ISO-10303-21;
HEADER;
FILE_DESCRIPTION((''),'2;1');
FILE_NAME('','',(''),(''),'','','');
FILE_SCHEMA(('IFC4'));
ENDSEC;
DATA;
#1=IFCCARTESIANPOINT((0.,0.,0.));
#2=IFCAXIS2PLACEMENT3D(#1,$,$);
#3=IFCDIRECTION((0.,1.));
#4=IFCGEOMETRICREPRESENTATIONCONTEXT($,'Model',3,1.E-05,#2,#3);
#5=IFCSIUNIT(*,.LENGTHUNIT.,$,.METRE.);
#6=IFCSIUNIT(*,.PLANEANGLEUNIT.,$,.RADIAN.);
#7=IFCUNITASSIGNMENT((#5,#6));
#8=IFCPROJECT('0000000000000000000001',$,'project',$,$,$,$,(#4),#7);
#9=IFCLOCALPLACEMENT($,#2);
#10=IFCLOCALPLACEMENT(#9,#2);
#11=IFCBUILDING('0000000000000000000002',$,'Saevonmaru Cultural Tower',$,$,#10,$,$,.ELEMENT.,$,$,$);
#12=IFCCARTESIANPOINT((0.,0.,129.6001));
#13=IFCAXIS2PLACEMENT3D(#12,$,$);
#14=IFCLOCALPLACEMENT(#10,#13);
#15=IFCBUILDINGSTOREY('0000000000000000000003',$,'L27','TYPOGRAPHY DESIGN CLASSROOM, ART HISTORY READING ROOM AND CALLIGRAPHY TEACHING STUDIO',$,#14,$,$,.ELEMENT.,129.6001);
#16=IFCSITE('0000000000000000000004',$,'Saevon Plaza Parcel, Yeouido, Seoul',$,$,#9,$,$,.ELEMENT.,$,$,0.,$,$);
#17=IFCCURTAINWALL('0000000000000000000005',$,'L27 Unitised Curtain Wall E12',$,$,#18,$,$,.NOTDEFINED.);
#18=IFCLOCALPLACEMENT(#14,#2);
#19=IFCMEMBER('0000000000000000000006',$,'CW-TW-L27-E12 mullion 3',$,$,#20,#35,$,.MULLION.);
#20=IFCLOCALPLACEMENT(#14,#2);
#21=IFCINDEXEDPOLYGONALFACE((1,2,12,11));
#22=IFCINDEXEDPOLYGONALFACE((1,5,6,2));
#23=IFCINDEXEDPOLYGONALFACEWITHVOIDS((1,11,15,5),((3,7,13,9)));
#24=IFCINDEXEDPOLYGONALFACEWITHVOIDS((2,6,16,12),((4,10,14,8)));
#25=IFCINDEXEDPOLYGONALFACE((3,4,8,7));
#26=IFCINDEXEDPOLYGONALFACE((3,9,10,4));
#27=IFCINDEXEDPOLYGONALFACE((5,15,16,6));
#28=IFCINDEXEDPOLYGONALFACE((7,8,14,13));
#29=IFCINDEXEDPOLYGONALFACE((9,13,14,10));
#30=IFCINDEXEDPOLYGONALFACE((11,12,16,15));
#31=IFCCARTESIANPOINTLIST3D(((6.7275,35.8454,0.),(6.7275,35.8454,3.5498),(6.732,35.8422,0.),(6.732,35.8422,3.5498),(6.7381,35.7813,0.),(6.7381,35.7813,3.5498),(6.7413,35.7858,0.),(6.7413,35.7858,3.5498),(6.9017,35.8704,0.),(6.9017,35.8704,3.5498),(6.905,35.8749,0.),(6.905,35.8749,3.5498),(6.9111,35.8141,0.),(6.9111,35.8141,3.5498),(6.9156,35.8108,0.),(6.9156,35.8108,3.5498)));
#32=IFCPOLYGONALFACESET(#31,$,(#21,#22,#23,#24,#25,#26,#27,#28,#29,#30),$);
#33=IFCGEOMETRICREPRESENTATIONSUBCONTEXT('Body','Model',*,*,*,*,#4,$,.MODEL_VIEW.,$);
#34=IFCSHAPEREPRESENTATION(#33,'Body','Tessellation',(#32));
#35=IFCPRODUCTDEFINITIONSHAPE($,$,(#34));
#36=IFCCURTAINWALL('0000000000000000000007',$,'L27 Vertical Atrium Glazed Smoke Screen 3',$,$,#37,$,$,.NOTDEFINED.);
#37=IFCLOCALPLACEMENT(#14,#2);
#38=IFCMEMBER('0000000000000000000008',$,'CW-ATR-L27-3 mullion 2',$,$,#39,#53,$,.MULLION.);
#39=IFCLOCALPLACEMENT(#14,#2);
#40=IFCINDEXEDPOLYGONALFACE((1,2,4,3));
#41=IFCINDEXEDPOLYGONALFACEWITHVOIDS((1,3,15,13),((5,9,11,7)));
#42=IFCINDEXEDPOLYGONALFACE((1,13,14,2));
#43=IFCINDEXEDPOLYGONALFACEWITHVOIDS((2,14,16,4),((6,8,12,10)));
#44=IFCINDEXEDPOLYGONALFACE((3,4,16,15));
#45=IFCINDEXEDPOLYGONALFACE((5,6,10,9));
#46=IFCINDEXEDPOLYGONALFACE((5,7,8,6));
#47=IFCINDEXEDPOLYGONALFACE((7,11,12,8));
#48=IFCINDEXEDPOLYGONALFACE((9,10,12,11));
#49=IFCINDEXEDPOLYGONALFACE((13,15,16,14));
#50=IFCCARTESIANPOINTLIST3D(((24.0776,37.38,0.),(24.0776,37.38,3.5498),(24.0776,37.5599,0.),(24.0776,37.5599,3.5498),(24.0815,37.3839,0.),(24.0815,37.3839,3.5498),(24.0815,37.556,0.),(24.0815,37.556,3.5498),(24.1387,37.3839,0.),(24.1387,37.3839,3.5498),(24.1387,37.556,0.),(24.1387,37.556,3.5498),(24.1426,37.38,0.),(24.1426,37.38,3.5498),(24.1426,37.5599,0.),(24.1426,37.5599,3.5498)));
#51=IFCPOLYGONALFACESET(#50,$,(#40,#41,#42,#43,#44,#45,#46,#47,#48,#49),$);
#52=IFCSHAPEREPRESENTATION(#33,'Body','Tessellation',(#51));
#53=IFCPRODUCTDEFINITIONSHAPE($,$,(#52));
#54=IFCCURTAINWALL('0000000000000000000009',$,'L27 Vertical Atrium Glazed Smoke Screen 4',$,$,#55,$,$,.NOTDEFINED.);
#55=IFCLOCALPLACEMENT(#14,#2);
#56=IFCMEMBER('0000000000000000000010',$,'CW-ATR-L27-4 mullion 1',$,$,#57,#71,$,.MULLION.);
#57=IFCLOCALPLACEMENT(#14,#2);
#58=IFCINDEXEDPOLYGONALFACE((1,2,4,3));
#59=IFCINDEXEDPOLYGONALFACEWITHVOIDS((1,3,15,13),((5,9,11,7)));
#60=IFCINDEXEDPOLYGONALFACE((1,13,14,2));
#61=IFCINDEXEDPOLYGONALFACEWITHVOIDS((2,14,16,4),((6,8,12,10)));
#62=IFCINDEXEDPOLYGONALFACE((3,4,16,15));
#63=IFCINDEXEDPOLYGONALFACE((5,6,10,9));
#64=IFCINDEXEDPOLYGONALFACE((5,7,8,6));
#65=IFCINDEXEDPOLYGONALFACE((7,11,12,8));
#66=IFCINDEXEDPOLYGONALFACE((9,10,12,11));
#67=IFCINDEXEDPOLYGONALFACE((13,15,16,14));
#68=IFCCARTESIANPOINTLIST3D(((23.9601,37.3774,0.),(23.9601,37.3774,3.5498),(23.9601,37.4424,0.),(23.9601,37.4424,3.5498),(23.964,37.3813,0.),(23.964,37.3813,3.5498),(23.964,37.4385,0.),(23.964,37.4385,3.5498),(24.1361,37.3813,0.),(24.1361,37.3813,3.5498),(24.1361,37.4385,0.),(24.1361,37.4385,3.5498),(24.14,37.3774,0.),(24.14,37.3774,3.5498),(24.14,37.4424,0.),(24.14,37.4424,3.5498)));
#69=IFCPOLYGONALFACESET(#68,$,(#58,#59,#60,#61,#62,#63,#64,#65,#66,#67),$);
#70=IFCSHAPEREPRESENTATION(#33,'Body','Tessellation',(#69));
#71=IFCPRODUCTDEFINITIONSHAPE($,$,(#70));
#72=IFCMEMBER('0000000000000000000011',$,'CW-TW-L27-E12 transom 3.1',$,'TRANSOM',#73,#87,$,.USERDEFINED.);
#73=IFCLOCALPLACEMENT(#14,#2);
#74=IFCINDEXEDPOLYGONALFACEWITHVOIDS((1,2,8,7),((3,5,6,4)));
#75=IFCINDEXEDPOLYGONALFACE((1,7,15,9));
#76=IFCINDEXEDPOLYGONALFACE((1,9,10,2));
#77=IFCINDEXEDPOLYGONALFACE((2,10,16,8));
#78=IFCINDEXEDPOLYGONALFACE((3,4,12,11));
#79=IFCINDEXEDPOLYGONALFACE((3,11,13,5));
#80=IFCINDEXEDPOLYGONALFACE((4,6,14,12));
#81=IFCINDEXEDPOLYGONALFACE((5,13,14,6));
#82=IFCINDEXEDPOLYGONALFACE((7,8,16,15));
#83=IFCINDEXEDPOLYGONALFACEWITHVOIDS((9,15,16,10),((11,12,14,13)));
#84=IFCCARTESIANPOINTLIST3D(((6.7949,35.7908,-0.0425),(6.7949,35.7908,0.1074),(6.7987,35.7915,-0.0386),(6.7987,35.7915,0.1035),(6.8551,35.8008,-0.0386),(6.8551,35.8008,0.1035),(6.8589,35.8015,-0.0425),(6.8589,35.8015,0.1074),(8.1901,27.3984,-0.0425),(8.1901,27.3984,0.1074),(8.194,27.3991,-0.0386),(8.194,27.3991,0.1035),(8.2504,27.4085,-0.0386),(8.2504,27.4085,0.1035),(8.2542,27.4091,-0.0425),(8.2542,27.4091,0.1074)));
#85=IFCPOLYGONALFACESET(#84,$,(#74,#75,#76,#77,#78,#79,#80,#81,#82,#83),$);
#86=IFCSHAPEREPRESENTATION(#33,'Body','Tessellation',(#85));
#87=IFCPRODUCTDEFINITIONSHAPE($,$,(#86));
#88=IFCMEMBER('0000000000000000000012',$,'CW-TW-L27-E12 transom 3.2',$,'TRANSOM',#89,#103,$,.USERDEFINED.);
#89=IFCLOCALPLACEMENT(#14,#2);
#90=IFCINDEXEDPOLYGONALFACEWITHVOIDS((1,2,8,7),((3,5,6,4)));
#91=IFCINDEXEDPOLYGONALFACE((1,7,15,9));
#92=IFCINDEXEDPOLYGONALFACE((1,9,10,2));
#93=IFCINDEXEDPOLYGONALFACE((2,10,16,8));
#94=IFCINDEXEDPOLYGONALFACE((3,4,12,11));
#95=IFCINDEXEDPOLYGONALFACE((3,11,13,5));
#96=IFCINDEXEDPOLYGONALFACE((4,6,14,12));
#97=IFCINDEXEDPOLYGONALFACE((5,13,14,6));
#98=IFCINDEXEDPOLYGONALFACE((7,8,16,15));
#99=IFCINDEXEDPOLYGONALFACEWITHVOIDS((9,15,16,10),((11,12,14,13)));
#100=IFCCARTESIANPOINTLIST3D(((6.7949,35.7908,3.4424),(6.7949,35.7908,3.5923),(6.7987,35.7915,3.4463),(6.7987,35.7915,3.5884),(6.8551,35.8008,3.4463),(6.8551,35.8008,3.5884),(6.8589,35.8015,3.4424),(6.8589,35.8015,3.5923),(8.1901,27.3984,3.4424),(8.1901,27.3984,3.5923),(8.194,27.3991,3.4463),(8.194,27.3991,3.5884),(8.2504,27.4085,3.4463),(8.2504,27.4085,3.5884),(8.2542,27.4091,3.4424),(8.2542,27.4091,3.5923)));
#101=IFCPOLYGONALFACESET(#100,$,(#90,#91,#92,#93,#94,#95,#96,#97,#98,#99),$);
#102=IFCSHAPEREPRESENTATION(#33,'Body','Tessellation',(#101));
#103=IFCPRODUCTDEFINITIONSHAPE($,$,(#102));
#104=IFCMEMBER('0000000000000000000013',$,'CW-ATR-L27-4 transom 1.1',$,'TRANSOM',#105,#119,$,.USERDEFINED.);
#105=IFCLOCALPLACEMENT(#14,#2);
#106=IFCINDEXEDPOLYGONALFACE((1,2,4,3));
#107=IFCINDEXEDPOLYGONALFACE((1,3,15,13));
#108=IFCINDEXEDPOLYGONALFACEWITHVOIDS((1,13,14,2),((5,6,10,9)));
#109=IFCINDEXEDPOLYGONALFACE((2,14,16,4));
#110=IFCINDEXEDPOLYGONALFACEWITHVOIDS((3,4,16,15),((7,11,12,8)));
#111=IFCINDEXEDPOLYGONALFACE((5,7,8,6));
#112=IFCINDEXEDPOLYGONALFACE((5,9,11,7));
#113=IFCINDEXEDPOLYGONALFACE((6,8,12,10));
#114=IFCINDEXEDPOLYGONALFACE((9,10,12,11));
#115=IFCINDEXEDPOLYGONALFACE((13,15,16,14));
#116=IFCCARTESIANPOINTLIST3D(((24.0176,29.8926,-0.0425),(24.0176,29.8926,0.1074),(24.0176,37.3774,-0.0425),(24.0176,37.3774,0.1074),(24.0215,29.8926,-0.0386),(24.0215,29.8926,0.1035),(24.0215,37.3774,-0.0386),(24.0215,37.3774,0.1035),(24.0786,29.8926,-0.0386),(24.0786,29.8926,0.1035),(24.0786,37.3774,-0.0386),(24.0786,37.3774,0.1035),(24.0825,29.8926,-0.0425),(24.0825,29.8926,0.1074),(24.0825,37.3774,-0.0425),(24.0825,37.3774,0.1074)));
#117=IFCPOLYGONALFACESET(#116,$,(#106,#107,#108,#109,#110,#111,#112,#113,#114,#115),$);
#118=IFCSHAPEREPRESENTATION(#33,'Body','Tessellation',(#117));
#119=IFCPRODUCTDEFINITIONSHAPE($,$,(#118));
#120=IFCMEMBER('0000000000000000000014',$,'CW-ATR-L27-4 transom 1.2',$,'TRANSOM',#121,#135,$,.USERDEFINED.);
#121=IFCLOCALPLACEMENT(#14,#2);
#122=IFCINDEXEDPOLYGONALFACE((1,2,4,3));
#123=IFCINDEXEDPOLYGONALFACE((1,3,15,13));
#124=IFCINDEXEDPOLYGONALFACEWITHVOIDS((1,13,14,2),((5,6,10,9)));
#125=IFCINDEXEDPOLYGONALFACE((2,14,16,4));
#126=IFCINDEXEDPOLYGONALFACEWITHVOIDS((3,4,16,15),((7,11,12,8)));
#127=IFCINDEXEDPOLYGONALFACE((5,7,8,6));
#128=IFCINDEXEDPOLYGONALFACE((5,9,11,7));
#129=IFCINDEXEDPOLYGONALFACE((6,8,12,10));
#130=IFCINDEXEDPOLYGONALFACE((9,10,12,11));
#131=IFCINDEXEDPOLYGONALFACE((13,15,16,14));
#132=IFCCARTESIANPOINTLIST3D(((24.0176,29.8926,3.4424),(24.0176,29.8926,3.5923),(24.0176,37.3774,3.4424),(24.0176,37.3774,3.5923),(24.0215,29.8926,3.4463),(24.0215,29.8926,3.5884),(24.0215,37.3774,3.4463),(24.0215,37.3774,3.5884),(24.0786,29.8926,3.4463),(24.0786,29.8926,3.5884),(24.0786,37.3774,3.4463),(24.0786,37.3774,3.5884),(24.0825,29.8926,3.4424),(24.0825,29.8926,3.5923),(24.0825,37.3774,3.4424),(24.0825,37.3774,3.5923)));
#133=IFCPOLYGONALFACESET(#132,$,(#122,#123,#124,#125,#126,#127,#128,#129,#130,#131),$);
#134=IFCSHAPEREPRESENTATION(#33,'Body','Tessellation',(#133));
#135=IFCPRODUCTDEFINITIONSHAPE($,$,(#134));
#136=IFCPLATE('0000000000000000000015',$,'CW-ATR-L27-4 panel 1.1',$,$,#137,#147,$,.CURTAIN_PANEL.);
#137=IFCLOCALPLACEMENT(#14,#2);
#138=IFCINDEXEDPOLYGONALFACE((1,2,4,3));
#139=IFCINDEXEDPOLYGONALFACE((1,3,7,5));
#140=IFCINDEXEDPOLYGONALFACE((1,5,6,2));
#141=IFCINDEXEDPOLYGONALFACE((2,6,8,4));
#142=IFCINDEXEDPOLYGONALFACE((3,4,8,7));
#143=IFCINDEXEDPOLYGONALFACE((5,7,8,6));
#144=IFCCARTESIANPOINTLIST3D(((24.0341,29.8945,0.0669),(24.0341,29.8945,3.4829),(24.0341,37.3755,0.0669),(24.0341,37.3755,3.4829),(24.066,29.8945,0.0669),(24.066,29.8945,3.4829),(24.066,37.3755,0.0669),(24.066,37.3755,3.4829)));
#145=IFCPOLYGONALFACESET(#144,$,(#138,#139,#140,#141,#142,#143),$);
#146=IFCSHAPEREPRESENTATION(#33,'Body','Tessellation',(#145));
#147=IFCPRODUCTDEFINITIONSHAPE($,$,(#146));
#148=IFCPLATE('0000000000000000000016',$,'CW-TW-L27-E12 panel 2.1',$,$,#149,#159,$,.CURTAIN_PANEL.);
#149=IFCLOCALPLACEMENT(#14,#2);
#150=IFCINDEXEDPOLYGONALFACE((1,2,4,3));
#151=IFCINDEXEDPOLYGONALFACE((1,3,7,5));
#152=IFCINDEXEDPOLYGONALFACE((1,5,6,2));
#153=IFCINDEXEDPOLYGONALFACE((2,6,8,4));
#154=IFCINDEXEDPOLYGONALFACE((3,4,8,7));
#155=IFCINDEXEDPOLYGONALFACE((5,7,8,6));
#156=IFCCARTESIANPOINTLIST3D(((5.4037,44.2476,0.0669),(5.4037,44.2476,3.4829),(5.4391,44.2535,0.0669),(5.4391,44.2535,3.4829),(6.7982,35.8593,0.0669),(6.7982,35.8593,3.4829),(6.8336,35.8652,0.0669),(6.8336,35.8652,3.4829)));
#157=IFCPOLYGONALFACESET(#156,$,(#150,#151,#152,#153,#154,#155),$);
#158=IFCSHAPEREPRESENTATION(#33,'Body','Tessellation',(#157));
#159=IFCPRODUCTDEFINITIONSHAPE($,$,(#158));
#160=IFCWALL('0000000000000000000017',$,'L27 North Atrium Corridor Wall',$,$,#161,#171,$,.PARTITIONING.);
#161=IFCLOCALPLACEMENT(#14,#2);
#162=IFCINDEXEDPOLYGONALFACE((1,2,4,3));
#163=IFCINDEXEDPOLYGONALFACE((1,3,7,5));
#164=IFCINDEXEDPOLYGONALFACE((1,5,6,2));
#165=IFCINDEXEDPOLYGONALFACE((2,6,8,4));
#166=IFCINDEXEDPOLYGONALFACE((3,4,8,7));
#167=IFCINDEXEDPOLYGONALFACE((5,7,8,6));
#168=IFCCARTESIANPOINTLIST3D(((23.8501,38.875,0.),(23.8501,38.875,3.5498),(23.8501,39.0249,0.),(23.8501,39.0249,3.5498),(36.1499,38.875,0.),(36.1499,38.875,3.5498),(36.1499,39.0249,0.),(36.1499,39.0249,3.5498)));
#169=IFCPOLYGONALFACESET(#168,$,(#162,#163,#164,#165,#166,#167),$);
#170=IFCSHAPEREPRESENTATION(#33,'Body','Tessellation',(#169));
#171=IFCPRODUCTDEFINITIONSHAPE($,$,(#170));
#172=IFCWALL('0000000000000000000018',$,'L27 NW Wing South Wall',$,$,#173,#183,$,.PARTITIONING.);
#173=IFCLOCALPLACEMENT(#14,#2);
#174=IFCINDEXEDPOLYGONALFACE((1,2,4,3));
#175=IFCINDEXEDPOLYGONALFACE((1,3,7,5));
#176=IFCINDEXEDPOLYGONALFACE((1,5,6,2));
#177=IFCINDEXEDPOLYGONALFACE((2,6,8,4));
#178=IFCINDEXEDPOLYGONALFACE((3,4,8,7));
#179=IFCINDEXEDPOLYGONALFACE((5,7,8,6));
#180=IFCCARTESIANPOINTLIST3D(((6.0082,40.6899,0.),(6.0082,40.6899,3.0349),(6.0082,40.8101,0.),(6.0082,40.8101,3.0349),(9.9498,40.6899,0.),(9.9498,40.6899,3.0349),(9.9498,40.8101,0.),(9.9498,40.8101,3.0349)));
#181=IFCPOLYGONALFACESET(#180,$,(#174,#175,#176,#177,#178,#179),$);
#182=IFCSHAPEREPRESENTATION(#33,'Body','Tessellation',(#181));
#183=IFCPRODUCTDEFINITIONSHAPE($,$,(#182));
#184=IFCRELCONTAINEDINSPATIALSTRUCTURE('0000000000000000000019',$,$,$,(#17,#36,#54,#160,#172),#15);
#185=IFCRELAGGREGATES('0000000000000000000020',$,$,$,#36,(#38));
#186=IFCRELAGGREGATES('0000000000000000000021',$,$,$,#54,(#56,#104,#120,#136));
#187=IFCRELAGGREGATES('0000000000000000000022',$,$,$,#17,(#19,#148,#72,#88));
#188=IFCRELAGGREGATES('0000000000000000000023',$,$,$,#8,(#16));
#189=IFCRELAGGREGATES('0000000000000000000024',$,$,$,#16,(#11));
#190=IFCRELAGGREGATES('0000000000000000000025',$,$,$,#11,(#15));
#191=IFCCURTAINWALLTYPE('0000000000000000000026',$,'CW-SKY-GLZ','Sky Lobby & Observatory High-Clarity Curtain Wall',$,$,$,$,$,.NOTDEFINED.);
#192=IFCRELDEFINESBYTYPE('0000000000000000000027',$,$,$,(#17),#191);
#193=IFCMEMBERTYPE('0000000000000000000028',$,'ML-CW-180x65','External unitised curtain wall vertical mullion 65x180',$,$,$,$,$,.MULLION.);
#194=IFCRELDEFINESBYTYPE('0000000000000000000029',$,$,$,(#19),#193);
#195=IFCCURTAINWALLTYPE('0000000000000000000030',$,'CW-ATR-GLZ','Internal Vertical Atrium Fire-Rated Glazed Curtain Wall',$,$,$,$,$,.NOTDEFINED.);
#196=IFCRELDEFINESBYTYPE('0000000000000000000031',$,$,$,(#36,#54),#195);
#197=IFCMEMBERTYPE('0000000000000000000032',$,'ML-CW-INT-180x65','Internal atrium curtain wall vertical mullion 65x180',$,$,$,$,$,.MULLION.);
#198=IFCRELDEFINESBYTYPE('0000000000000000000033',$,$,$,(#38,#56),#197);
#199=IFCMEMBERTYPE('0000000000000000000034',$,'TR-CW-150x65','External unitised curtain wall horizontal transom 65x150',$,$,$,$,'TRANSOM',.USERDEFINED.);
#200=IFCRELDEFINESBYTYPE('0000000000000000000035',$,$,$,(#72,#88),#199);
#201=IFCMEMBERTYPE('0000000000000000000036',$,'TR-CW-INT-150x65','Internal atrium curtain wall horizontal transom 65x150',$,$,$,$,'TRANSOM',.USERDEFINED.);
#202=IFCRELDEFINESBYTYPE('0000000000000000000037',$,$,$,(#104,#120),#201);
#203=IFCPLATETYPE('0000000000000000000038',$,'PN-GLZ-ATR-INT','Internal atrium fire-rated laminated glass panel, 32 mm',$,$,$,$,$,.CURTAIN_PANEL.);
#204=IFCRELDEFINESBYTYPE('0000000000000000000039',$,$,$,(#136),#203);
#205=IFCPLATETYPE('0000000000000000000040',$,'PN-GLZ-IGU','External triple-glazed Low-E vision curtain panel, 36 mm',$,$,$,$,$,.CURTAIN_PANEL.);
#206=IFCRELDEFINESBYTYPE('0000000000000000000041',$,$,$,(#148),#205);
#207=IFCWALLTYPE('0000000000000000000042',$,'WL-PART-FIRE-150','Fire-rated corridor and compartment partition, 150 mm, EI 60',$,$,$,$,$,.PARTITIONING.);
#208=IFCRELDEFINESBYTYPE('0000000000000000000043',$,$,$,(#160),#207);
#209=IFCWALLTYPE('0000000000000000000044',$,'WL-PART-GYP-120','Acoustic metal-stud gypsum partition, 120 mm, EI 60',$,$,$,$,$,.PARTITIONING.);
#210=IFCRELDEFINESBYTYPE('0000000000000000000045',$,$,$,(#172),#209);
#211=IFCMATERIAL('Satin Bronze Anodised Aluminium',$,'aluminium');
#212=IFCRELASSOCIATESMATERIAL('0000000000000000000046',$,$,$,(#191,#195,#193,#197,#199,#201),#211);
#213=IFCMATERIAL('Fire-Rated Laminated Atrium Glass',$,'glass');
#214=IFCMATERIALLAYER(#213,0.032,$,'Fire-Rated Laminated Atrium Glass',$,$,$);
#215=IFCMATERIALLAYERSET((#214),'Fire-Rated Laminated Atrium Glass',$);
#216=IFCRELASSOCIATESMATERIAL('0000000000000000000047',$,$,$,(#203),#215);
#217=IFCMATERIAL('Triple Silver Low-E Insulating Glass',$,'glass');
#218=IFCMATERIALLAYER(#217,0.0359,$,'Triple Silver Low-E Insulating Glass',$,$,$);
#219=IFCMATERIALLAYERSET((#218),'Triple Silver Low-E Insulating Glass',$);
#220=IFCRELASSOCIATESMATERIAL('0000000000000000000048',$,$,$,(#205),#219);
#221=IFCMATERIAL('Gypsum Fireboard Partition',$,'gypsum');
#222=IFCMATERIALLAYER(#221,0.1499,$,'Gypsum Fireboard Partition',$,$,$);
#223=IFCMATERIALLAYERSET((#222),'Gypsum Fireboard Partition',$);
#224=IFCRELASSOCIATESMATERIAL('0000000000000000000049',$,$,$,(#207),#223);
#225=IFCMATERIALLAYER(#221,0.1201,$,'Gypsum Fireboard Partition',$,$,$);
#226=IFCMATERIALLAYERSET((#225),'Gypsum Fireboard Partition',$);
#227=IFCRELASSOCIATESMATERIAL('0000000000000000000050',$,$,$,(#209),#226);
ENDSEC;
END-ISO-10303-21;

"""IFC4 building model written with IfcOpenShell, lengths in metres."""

from ifc_helpers import new_model, si_unit, direction, frame, frame_2d, origin, origin_2d, place, context, subcontext, project, spatial, rectangle, hollow_rectangle, extrude, material, layer, layer_set, material_profile, profile_set, type_object, element, aggregate, save


model = new_model("IFC4")

# Units and contexts
model_context = context("Model", 3, precision=1e-05, world=origin(), true_north=direction((0.0, 1.0)))
body_context = subcontext(model_context, "Body", "Model", "MODEL_VIEW")
ifc_project = project(units=[si_unit("LENGTHUNIT", "METRE"), si_unit("PLANEANGLEUNIT", "RADIAN")], contexts=[model_context])

# Site, building, storey
site_placement = place(None, origin())
site = spatial("IfcSite", under=ifc_project, at=site_placement, Name="Saevon Plaza Parcel, Yeouido, Seoul", CompositionType="ELEMENT", RefElevation=0.0)
building_placement = place(site_placement, origin())
building = spatial("IfcBuilding", under=site, at=building_placement, Name="Saevonmaru Cultural Tower", CompositionType="ELEMENT")
storey_placement = place(building_placement, frame((0.0, 0.0, 129.6001)))
storey = spatial("IfcBuildingStorey", under=building, at=storey_placement, Name="L27", Description="TYPOGRAPHY DESIGN CLASSROOM, ART HISTORY READING ROOM AND CALLIGRAPHY TEACHING STUDIO", CompositionType="ELEMENT", Elevation=129.6001)

# Curtain walls, members
ifc_material_1 = material(Name="Satin Bronze Anodised Aluminium", Category="aluminium")
curtain_wall_type_1 = type_object("IfcCurtainWallType", Name="CW-SKY-GLZ", Description="Sky Lobby & Observatory High-Clarity Curtain Wall", PredefinedType="NOTDEFINED", material=ifc_material_1)
curtain_wall_1_placement = place(storey_placement, origin())
curtain_wall_1 = element("IfcCurtainWall", 1, at=curtain_wall_1_placement, inside=storey, type_object=curtain_wall_type_1, Name="L27 Unitised Curtain Wall E12", PredefinedType="NOTDEFINED")
ifc_material_profile_1 = material_profile(ifc_material_1, hollow_rectangle(XDim=0.0649, YDim=0.1799, WallThickness=0.0039, at=origin_2d()), Name="ALU-MULL-180x65x4")
ifc_profile_set_1 = profile_set([ifc_material_profile_1], Name="Satin Bronze Anodised Aluminium")
member_type_1 = type_object("IfcMemberType", Name="ML-CW-180x65", Description="External unitised curtain wall vertical mullion 65x180", PredefinedType="MULLION", material=ifc_profile_set_1)
member_1_placement = place(storey_placement, frame((6.8215, 35.8281, 0.0), z_axis=(0.0, 0.0, 1.0), x_axis=(0.163999, -0.986461, 0.0)))
member_1 = element("IfcMember", 2, at=member_1_placement, type_object=member_type_1, Name="CW-TW-L27-E12 mullion 3", PredefinedType="MULLION", context=body_context, shape_type="SweptSolid", body=[
    extrude(hollow_rectangle(XDim=0.0649, YDim=0.1799, WallThickness=0.0039, at=origin_2d()), origin(), (0.0, 0.0, 1.0), 3.5498),
])
curtain_wall_type_2 = type_object("IfcCurtainWallType", Name="CW-ATR-GLZ", Description="Internal Vertical Atrium Fire-Rated Glazed Curtain Wall", PredefinedType="NOTDEFINED", material=ifc_material_1)
curtain_wall_2_placement = place(storey_placement, origin())
curtain_wall_2 = element("IfcCurtainWall", 3, at=curtain_wall_2_placement, inside=storey, type_object=curtain_wall_type_2, Name="L27 Vertical Atrium Glazed Smoke Screen 3", PredefinedType="NOTDEFINED")
ifc_material_profile_2 = material_profile(ifc_material_1, hollow_rectangle(XDim=0.0649, YDim=0.1799, WallThickness=0.0039, at=origin_2d()), Name="ALU-MULL-180x65x4")
ifc_profile_set_2 = profile_set([ifc_material_profile_2], Name="Satin Bronze Anodised Aluminium")
member_type_2 = type_object("IfcMemberType", Name="ML-CW-INT-180x65", Description="Internal atrium curtain wall vertical mullion 65x180", PredefinedType="MULLION", material=ifc_profile_set_2)
member_2_placement = place(storey_placement, frame((24.1101, 37.47, 0.0), z_axis=(0.0, 0.0, 1.0), x_axis=(-1.0, 0.0, 0.0)))
member_2 = element("IfcMember", 4, at=member_2_placement, type_object=member_type_2, Name="CW-ATR-L27-3 mullion 2", PredefinedType="MULLION", context=body_context, shape_type="SweptSolid", body=[
    extrude(hollow_rectangle(XDim=0.0649, YDim=0.1799, WallThickness=0.0039, at=origin_2d()), origin(), (0.0, 0.0, 1.0), 3.5498),
])
aggregate(curtain_wall_2, [member_2])
curtain_wall_3_placement = place(storey_placement, origin())
curtain_wall_3 = element("IfcCurtainWall", 5, at=curtain_wall_3_placement, inside=storey, type_object=curtain_wall_type_2, Name="L27 Vertical Atrium Glazed Smoke Screen 4", PredefinedType="NOTDEFINED")
member_3_placement = place(storey_placement, frame((24.05, 37.4099, 0.0), z_axis=(0.0, 0.0, 1.0), x_axis=(0.0, -1.0, 0.0)))
member_3 = element("IfcMember", 6, at=member_3_placement, type_object=member_type_2, Name="CW-ATR-L27-4 mullion 1", PredefinedType="MULLION", context=body_context, shape_type="SweptSolid", body=[
    extrude(hollow_rectangle(XDim=0.0649, YDim=0.1799, WallThickness=0.0039, at=origin_2d()), origin(), (0.0, 0.0, 1.0), 3.5498),
])

# Members
ifc_material_profile_3 = material_profile(ifc_material_1, hollow_rectangle(XDim=0.0649, YDim=0.1499, WallThickness=0.0039, at=origin_2d()), Name="ALU-TRAN-150x65x4")
ifc_profile_set_3 = profile_set([ifc_material_profile_3], Name="Satin Bronze Anodised Aluminium")
member_type_3 = type_object("IfcMemberType", Name="TR-CW-150x65", Description="External unitised curtain wall horizontal transom 65x150", ElementType="TRANSOM", PredefinedType="USERDEFINED", material=ifc_profile_set_3)
member_4_placement = place(storey_placement, frame((6.8269, 35.7961, 0.0325), z_axis=(0.164003, -0.98646, 0.0), x_axis=(0.98646, 0.164003, 0.0)))
member_4 = element("IfcMember", 7, at=member_4_placement, type_object=member_type_3, Name="CW-TW-L27-E12 transom 3.1", ObjectType="TRANSOM", PredefinedType="USERDEFINED", context=body_context, shape_type="SweptSolid", body=[
    extrude(hollow_rectangle(XDim=0.0649, YDim=0.1499, WallThickness=0.0039, at=origin_2d()), origin(), (0.0, 0.0, 1.0), 8.5076),
])
member_5_placement = place(storey_placement, frame((6.8269, 35.7961, 3.5173), z_axis=(0.164003, -0.98646, 0.0), x_axis=(0.98646, 0.164003, 0.0)))
member_5 = element("IfcMember", 8, at=member_5_placement, type_object=member_type_3, Name="CW-TW-L27-E12 transom 3.2", ObjectType="TRANSOM", PredefinedType="USERDEFINED", context=body_context, shape_type="SweptSolid", body=[
    extrude(hollow_rectangle(XDim=0.0649, YDim=0.1499, WallThickness=0.0039, at=origin_2d()), origin(), (0.0, 0.0, 1.0), 8.5076),
])
ifc_material_profile_4 = material_profile(ifc_material_1, hollow_rectangle(XDim=0.0649, YDim=0.1499, WallThickness=0.0039, at=origin_2d()), Name="ALU-TRAN-150x65x4")
ifc_profile_set_4 = profile_set([ifc_material_profile_4], Name="Satin Bronze Anodised Aluminium")
member_type_4 = type_object("IfcMemberType", Name="TR-CW-INT-150x65", Description="Internal atrium curtain wall horizontal transom 65x150", ElementType="TRANSOM", PredefinedType="USERDEFINED", material=ifc_profile_set_4)
member_6_placement = place(storey_placement, frame((24.05, 37.3774, 0.0325), z_axis=(0.0, -1.0, 0.0), x_axis=(1.0, 0.0, 0.0)))
member_6 = element("IfcMember", 9, at=member_6_placement, type_object=member_type_4, Name="CW-ATR-L27-4 transom 1.1", ObjectType="TRANSOM", PredefinedType="USERDEFINED", context=body_context, shape_type="SweptSolid", body=[
    extrude(hollow_rectangle(XDim=0.0649, YDim=0.1499, WallThickness=0.0039, at=origin_2d()), origin(), (0.0, 0.0, 1.0), 7.4849),
])
member_7_placement = place(storey_placement, frame((24.05, 37.3774, 3.5173), z_axis=(0.0, -1.0, 0.0), x_axis=(1.0, 0.0, 0.0)))
member_7 = element("IfcMember", 10, at=member_7_placement, type_object=member_type_4, Name="CW-ATR-L27-4 transom 1.2", ObjectType="TRANSOM", PredefinedType="USERDEFINED", context=body_context, shape_type="SweptSolid", body=[
    extrude(hollow_rectangle(XDim=0.0649, YDim=0.1499, WallThickness=0.0039, at=origin_2d()), origin(), (0.0, 0.0, 1.0), 7.4849),
])

# Plates
ifc_material_2 = material(Name="Fire-Rated Laminated Atrium Glass", Category="glass")
ifc_layer_1 = layer(ifc_material_2, 0.032, Name="Fire-Rated Laminated Atrium Glass")
ifc_layer_set_1 = layer_set([ifc_layer_1], Name="Fire-Rated Laminated Atrium Glass")
plate_type_1 = type_object("IfcPlateType", Name="PN-GLZ-ATR-INT", Description="Internal atrium fire-rated laminated glass panel, 32 mm", PredefinedType="CURTAIN_PANEL", material=ifc_layer_set_1)
plate_1_placement = place(storey_placement, frame((24.05, 33.635, 0.0669), z_axis=(0.0, 0.0, 1.0), x_axis=(0.0, -1.0, 0.0)))
plate_1 = element("IfcPlate", 11, at=plate_1_placement, type_object=plate_type_1, Name="CW-ATR-L27-4 panel 1.1", PredefinedType="CURTAIN_PANEL", context=body_context, shape_type="SweptSolid", body=[
    extrude(rectangle(XDim=7.481, YDim=0.032, at=origin_2d()), origin(), (0.0, 0.0, 1.0), 3.416),
])
aggregate(curtain_wall_3, [member_3, member_6, member_7, plate_1])
ifc_material_3 = material(Name="Triple Silver Low-E Insulating Glass", Category="glass")
ifc_layer_2 = layer(ifc_material_3, 0.0359, Name="Triple Silver Low-E Insulating Glass")
ifc_layer_set_2 = layer_set([ifc_layer_2], Name="Triple Silver Low-E Insulating Glass")
plate_type_2 = type_object("IfcPlateType", Name="PN-GLZ-IGU", Description="External triple-glazed Low-E vision curtain panel, 36 mm", PredefinedType="CURTAIN_PANEL", material=ifc_layer_set_2)
plate_2_placement = place(storey_placement, frame((6.1187, 40.0564, 0.0669), z_axis=(0.0, 0.0, 1.0), x_axis=(0.163999, -0.986461, 0.0)))
plate_2 = element("IfcPlate", 12, at=plate_2_placement, type_object=plate_type_2, Name="CW-TW-L27-E12 panel 2.1", PredefinedType="CURTAIN_PANEL", context=body_context, shape_type="SweptSolid", body=[
    extrude(rectangle(XDim=8.5034, YDim=0.0359, at=origin_2d()), origin(), (0.0, 0.0, 1.0), 3.416),
])
aggregate(curtain_wall_1, [member_1, plate_2, member_4, member_5])

# Walls
ifc_material_4 = material(Name="Gypsum Fireboard Partition", Category="gypsum")
ifc_layer_3 = layer(ifc_material_4, 0.1499, Name="Gypsum Fireboard Partition")
ifc_layer_set_3 = layer_set([ifc_layer_3], Name="Gypsum Fireboard Partition")
wall_type_1 = type_object("IfcWallType", Name="WL-PART-FIRE-150", Description="Fire-rated corridor and compartment partition, 150 mm, EI 60", PredefinedType="PARTITIONING", material=ifc_layer_set_3)
wall_1_placement = place(storey_placement, frame((23.8501, 38.95, 0.0), z_axis=(0.0, 0.0, 1.0), x_axis=(1.0, 0.0, 0.0)))
element("IfcWall", 13, at=wall_1_placement, inside=storey, type_object=wall_type_1, Name="L27 North Atrium Corridor Wall", PredefinedType="PARTITIONING", context=body_context, shape_type="SweptSolid", body=[
    extrude(rectangle(XDim=12.2998, YDim=0.1499, at=frame_2d((6.1499, 0.0))), origin(), (0.0, 0.0, 1.0), 3.5498),
])
ifc_layer_4 = layer(ifc_material_4, 0.1201, Name="Gypsum Fireboard Partition")
ifc_layer_set_4 = layer_set([ifc_layer_4], Name="Gypsum Fireboard Partition")
wall_type_2 = type_object("IfcWallType", Name="WL-PART-GYP-120", Description="Acoustic metal-stud gypsum partition, 120 mm, EI 60", PredefinedType="PARTITIONING", material=ifc_layer_set_4)
wall_2_placement = place(storey_placement, frame((6.0083, 40.75, 0.0), z_axis=(0.0, 0.0, 1.0), x_axis=(1.0, 0.0, 0.0)))
element("IfcWall", 14, at=wall_2_placement, inside=storey, type_object=wall_type_2, Name="L27 NW Wing South Wall", PredefinedType="PARTITIONING", context=body_context, shape_type="SweptSolid", body=[
    extrude(rectangle(XDim=3.9417, YDim=0.1201, at=frame_2d((1.9707, 0.0))), origin(), (0.0, 0.0, 1.0), 3.0349),
])

save(model, "model.ifc")
